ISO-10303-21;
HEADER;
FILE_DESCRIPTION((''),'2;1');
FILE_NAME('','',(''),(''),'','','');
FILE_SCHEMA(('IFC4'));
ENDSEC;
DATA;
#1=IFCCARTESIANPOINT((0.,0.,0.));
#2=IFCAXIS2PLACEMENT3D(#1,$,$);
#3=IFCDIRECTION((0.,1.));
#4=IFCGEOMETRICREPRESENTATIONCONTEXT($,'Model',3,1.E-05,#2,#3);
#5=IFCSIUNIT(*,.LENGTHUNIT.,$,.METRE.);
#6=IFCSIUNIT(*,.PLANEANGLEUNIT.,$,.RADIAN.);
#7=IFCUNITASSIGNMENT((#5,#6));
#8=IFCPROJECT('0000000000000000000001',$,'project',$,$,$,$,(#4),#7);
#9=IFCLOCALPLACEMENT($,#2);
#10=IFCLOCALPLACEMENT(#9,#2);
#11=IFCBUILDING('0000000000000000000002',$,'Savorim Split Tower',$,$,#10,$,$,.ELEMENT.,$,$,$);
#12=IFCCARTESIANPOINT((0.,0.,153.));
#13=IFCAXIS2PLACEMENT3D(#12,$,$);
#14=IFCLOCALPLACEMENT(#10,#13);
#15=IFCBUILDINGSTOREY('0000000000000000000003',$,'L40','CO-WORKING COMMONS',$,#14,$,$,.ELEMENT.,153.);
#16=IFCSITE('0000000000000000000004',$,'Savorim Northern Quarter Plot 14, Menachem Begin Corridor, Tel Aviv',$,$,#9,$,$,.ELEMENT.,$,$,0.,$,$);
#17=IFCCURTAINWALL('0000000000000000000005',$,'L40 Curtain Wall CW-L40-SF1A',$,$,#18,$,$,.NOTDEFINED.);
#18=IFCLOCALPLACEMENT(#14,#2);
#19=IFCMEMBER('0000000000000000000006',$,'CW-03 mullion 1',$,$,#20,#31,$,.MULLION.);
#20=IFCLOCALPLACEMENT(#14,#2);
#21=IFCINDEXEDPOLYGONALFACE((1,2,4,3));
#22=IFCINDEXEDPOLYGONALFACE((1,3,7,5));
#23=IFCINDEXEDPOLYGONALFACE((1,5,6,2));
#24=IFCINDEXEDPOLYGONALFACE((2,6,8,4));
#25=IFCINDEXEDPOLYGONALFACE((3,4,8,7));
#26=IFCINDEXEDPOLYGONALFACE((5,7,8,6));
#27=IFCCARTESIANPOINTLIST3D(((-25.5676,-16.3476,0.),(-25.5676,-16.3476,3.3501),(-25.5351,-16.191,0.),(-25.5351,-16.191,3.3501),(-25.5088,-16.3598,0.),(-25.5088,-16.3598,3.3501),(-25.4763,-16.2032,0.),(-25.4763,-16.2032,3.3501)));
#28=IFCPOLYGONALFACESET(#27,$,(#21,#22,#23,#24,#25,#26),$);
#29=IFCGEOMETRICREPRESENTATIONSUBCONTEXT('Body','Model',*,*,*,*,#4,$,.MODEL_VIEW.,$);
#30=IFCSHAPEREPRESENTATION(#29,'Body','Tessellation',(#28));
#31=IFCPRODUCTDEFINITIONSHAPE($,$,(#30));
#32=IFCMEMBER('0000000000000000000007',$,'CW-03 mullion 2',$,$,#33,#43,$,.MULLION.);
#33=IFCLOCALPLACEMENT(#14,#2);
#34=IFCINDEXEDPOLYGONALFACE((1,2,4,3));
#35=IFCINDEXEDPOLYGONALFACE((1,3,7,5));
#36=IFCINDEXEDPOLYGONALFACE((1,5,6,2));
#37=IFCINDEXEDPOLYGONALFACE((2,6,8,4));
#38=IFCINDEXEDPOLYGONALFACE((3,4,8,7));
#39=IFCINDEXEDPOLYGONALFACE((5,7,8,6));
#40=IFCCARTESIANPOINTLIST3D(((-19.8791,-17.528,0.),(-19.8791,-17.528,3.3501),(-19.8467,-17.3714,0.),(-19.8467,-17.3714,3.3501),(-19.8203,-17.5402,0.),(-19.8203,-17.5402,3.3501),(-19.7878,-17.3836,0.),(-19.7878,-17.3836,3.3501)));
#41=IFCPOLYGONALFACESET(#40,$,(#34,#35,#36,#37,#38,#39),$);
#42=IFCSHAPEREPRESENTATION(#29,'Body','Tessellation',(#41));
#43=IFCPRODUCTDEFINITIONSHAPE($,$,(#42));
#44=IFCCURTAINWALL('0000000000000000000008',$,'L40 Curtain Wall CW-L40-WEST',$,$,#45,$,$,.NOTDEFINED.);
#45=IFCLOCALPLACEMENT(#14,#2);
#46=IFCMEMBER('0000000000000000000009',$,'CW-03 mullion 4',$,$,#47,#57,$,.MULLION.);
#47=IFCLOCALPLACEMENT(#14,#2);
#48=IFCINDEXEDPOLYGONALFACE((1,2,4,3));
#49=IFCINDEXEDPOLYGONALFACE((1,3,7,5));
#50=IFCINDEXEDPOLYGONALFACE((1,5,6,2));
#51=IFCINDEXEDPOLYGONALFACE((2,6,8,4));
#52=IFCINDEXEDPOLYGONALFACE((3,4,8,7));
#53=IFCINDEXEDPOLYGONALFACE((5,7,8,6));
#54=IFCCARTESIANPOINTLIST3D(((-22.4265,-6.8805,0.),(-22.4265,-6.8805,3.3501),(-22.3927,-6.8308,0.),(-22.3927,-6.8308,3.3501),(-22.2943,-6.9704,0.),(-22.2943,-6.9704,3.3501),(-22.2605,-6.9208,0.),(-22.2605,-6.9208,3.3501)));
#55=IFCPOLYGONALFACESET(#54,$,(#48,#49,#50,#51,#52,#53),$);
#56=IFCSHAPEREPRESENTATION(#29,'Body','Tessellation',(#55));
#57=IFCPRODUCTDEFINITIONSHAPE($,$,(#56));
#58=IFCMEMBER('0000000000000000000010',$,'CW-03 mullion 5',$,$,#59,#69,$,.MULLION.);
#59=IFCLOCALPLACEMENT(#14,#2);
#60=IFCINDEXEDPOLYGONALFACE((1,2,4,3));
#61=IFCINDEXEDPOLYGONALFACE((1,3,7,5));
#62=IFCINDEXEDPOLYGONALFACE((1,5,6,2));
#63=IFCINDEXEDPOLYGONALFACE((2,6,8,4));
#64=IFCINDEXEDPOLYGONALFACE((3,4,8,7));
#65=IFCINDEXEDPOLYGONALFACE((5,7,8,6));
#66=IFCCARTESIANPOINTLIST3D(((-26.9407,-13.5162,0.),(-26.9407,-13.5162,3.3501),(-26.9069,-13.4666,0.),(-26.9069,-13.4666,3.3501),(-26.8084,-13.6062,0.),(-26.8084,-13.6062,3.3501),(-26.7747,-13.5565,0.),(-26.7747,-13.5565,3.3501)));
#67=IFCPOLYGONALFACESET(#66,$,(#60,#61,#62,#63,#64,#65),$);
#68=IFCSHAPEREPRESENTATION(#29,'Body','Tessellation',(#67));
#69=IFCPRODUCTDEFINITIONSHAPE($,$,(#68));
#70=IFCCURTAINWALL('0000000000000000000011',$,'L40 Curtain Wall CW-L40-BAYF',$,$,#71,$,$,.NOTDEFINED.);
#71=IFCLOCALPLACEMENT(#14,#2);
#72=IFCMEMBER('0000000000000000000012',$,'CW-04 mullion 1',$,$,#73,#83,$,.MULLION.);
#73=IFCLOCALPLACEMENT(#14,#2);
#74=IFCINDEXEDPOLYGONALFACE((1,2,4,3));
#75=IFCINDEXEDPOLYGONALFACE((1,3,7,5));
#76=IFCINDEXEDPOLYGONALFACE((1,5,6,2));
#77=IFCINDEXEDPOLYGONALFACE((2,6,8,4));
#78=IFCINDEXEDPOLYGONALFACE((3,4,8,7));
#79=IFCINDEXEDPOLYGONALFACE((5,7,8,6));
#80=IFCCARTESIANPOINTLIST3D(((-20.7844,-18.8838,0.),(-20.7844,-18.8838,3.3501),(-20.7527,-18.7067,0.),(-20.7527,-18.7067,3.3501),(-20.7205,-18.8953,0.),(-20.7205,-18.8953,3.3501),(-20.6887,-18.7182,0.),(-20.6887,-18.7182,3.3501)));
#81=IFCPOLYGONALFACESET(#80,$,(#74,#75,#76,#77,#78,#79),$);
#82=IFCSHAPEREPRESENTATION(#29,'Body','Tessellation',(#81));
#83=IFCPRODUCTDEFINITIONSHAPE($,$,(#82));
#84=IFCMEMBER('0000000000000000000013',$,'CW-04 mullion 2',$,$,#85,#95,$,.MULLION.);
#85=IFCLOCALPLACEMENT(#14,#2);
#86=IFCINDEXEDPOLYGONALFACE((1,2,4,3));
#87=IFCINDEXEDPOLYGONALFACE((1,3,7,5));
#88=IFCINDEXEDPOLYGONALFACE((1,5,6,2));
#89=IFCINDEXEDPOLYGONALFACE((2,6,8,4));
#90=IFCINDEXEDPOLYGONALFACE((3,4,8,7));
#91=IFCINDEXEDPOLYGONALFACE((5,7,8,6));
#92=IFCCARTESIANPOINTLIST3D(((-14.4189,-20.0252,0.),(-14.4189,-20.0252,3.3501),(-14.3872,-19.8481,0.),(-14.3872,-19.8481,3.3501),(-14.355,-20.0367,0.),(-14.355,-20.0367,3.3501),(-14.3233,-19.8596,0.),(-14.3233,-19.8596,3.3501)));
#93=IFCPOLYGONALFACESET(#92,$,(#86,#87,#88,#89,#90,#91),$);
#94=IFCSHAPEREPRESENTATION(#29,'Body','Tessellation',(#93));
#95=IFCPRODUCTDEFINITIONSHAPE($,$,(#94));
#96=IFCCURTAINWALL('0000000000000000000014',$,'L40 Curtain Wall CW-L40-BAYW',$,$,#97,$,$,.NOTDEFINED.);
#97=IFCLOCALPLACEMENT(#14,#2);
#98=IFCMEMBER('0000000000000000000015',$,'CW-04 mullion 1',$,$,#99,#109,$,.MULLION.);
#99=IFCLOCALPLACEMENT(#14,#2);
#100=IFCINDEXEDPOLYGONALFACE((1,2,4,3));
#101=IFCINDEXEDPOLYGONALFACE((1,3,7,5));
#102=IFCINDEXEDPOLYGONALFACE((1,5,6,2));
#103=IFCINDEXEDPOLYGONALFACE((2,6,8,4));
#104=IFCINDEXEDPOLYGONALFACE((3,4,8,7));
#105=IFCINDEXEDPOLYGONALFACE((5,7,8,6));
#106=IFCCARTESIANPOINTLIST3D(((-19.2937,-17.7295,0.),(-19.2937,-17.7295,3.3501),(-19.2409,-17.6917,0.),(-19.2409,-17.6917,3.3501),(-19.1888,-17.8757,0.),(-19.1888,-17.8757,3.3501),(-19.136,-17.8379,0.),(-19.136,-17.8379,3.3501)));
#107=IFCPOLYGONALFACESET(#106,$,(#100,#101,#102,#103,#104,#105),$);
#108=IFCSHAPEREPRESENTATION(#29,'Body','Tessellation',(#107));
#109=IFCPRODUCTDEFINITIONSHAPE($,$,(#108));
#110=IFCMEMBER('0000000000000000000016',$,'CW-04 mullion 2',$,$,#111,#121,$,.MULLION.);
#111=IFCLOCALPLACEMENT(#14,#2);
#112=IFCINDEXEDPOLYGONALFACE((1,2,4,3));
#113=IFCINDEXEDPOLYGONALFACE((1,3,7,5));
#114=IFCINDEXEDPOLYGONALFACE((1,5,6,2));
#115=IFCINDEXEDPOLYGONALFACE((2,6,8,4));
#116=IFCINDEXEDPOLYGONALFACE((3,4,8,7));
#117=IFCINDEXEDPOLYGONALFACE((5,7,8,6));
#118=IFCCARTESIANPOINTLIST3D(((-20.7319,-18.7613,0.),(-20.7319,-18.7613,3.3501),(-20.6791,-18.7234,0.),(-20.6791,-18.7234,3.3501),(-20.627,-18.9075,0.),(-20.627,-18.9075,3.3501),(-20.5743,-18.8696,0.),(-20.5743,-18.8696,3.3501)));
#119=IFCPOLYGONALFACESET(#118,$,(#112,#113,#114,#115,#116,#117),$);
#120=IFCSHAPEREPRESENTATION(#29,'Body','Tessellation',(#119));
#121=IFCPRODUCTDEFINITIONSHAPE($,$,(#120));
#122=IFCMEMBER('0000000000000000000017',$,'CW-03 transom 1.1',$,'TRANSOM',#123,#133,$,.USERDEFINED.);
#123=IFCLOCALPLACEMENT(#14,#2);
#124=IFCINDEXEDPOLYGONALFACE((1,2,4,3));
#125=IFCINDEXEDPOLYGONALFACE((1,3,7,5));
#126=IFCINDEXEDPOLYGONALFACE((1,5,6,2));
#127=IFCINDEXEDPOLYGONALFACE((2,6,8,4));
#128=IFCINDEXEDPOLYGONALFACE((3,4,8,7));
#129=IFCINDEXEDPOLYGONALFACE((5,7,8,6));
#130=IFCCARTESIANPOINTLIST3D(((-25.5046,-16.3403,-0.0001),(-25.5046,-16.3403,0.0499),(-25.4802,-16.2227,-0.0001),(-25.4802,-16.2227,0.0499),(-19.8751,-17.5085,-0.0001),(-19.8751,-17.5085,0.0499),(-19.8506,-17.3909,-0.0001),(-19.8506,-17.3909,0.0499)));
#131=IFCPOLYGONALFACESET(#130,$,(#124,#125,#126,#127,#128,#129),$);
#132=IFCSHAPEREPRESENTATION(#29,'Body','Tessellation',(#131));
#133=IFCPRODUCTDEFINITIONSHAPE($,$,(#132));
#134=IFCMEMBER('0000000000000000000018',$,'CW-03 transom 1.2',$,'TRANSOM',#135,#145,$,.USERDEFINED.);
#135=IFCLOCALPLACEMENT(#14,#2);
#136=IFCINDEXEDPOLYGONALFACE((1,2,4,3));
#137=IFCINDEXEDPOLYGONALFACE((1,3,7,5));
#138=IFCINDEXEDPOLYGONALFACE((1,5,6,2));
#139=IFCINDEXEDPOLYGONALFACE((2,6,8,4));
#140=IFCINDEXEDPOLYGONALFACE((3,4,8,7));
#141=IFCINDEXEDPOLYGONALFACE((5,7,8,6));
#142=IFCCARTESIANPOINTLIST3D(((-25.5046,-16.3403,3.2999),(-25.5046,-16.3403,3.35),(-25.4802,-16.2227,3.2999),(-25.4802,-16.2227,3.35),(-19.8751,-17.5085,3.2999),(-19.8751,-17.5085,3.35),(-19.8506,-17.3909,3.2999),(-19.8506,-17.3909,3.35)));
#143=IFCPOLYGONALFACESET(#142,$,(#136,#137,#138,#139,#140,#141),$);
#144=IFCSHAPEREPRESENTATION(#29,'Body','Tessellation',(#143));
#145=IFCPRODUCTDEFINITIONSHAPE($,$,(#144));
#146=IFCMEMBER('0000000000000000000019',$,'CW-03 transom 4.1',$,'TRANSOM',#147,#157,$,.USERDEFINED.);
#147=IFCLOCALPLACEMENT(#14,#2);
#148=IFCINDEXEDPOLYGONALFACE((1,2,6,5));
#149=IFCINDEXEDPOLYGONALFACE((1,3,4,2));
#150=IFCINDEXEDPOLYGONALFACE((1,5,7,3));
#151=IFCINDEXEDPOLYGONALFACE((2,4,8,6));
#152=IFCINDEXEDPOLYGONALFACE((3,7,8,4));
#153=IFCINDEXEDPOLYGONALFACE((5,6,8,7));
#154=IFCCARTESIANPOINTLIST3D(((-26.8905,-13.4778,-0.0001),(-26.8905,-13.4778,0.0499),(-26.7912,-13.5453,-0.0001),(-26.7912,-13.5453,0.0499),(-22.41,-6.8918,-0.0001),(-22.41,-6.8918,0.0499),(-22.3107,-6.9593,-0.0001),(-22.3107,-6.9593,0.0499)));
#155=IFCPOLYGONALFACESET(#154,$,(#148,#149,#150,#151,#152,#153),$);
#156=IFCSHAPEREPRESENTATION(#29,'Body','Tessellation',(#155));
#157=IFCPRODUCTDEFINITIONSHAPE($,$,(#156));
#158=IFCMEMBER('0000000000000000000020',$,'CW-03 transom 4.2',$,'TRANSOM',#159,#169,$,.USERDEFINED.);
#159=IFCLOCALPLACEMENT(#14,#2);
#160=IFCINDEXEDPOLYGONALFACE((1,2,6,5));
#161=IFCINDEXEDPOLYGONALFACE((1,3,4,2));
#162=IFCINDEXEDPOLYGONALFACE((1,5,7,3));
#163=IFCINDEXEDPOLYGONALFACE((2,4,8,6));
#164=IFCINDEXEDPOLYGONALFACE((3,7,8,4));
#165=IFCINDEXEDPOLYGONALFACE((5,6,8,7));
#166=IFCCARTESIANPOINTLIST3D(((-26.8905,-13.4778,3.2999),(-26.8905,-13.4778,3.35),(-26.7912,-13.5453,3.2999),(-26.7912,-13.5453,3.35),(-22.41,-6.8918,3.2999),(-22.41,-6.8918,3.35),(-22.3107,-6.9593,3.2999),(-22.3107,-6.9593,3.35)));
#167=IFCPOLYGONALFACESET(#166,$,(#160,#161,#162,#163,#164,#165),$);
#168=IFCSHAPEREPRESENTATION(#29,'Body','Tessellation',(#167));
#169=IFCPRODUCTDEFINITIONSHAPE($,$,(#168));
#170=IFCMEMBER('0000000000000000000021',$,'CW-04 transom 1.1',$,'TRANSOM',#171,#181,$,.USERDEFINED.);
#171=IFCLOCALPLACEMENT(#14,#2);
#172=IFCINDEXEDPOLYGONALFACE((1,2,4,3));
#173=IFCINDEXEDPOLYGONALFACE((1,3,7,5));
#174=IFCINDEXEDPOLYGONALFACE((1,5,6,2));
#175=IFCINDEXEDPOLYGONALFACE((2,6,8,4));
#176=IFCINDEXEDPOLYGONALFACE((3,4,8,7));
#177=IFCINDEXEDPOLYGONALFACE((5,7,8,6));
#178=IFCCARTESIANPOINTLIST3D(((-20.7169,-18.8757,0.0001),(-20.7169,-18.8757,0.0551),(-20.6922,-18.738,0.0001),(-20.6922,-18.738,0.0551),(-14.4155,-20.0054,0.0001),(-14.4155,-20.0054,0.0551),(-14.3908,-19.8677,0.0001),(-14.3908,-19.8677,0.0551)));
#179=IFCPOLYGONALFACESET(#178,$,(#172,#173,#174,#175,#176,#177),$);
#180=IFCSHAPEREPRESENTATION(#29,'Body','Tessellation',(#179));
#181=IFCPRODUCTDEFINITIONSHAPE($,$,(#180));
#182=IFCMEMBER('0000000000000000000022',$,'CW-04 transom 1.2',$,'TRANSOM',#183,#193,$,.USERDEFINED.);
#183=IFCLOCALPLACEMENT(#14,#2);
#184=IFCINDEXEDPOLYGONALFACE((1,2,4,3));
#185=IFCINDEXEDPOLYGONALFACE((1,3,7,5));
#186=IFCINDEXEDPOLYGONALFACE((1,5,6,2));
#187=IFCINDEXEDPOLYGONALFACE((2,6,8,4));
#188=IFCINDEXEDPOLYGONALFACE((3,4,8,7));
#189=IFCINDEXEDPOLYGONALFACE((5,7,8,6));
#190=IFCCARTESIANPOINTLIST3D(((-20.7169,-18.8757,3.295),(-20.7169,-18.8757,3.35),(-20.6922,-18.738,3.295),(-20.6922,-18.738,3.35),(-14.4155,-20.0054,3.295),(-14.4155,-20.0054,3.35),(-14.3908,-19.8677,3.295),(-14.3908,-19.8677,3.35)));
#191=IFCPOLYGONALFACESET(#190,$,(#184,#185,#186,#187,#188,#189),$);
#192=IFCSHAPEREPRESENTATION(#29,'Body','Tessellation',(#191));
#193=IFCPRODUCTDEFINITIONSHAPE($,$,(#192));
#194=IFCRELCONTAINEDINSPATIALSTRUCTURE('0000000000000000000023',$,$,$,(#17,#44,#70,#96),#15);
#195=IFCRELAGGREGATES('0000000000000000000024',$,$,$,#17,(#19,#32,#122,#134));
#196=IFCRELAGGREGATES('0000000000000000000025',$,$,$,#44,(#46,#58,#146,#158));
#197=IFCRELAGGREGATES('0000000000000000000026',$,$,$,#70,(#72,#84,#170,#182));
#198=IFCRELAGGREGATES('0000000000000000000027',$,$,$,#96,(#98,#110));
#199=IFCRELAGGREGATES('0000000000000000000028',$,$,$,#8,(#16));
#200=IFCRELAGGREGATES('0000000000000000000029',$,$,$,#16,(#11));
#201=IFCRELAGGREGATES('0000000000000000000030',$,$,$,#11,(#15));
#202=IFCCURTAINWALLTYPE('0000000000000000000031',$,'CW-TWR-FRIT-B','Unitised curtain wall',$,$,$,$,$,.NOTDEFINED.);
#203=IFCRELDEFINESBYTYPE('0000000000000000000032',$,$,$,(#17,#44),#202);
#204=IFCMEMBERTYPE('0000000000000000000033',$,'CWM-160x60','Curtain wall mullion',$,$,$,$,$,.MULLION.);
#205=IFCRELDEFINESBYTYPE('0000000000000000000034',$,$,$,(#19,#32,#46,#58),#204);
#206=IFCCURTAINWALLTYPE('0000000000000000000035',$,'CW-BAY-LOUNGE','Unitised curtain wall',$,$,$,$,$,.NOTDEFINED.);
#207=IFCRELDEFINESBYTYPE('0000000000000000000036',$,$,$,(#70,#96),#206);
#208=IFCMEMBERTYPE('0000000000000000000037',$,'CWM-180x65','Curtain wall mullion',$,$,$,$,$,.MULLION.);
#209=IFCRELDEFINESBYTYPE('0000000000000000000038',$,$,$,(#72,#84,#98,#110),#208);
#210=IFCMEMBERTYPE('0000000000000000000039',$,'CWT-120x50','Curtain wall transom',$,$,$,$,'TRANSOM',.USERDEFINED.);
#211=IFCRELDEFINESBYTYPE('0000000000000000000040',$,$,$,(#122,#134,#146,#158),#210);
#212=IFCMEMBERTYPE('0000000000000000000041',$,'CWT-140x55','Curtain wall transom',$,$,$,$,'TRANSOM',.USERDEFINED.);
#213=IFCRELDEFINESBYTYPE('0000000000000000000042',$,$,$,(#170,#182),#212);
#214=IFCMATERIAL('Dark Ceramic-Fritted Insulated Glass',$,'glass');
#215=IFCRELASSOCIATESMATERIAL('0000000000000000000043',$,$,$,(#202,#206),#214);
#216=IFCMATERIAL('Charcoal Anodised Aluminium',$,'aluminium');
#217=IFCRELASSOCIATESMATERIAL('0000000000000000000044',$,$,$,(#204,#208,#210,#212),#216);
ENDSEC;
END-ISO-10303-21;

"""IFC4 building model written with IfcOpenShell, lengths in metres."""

from ifc_helpers import new_model, si_unit, direction, frame, origin, origin_2d, place, context, subcontext, project, spatial, rectangle, extrude, material, material_profile, profile_set, type_object, element, aggregate, save


model = new_model("IFC4")

# Units and contexts
model_context = context("Model", 3, precision=1e-05, world=origin(), true_north=direction((0.0, 1.0)))
body_context = subcontext(model_context, "Body", "Model", "MODEL_VIEW")
ifc_project = project(units=[si_unit("LENGTHUNIT", "METRE"), si_unit("PLANEANGLEUNIT", "RADIAN")], contexts=[model_context])

# Site, building, storey
site_placement = place(None, origin())
site = spatial("IfcSite", under=ifc_project, at=site_placement, Name="Savorim Northern Quarter Plot 14, Menachem Begin Corridor, Tel Aviv", CompositionType="ELEMENT", RefElevation=0.0)
building_placement = place(site_placement, origin())
building = spatial("IfcBuilding", under=site, at=building_placement, Name="Savorim Split Tower", CompositionType="ELEMENT")
storey_placement = place(building_placement, frame((0.0, 0.0, 153.0)))
storey = spatial("IfcBuildingStorey", under=building, at=storey_placement, Name="L40", Description="CO-WORKING COMMONS", CompositionType="ELEMENT", Elevation=153.0)

# Curtain walls, members
ifc_material_1 = material(Name="Dark Ceramic-Fritted Insulated Glass", Category="glass")
curtain_wall_type_1 = type_object("IfcCurtainWallType", Name="CW-TWR-FRIT-B", Description="Unitised curtain wall", PredefinedType="NOTDEFINED", material=ifc_material_1)
curtain_wall_1_placement = place(storey_placement, origin())
curtain_wall_1 = element("IfcCurtainWall", 1, at=curtain_wall_1_placement, inside=storey, type_object=curtain_wall_type_1, Name="L40 Curtain Wall CW-L40-SF1A", PredefinedType="NOTDEFINED")
ifc_material_2 = material(Name="Charcoal Anodised Aluminium", Category="aluminium")
ifc_material_profile_1 = material_profile(ifc_material_2, rectangle(XDim=0.1599, YDim=0.0601, at=origin_2d()), Name="ALU-M 160x60")
ifc_profile_set_1 = profile_set([ifc_material_profile_1], Name="Charcoal Anodised Aluminium")
member_type_1 = type_object("IfcMemberType", Name="CWM-160x60", Description="Curtain wall mullion", PredefinedType="MULLION", material=ifc_profile_set_1)
member_1_placement = place(storey_placement, frame((-25.522, -16.2754, 0.0), z_axis=(0.0, 0.0, 1.0), x_axis=(0.203214, 0.979134, 0.0)))
member_1 = element("IfcMember", 2, at=member_1_placement, type_object=member_type_1, Name="CW-03 mullion 1", PredefinedType="MULLION", context=body_context, shape_type="SweptSolid", body=[
    extrude(rectangle(XDim=0.1599, YDim=0.0601, at=origin_2d()), origin(), (0.0, 0.0, 1.0), 3.3501),
])
member_2_placement = place(storey_placement, frame((-19.8335, -17.4558, 0.0), z_axis=(0.0, 0.0, 1.0), x_axis=(0.203214, 0.979134, 0.0)))
member_2 = element("IfcMember", 3, at=member_2_placement, type_object=member_type_1, Name="CW-03 mullion 2", PredefinedType="MULLION", context=body_context, shape_type="SweptSolid", body=[
    extrude(rectangle(XDim=0.1599, YDim=0.0601, at=origin_2d()), origin(), (0.0, 0.0, 1.0), 3.3501),
])
curtain_wall_2_placement = place(storey_placement, origin())
curtain_wall_2 = element("IfcCurtainWall", 4, at=curtain_wall_2_placement, inside=storey, type_object=curtain_wall_type_1, Name="L40 Curtain Wall CW-L40-WEST", PredefinedType="NOTDEFINED")
member_3_placement = place(storey_placement, frame((-22.3435, -6.9006, 0.0), z_axis=(0.0, 0.0, 1.0), x_axis=(0.82682, -0.562466, 0.0)))
member_3 = element("IfcMember", 5, at=member_3_placement, type_object=member_type_1, Name="CW-03 mullion 4", PredefinedType="MULLION", context=body_context, shape_type="SweptSolid", body=[
    extrude(rectangle(XDim=0.1599, YDim=0.0601, at=origin_2d()), origin(), (0.0, 0.0, 1.0), 3.3501),
])
member_4_placement = place(storey_placement, frame((-26.8577, -13.5364, 0.0), z_axis=(0.0, 0.0, 1.0), x_axis=(0.82682, -0.562466, 0.0)))
member_4 = element("IfcMember", 6, at=member_4_placement, type_object=member_type_1, Name="CW-03 mullion 5", PredefinedType="MULLION", context=body_context, shape_type="SweptSolid", body=[
    extrude(rectangle(XDim=0.1599, YDim=0.0601, at=origin_2d()), origin(), (0.0, 0.0, 1.0), 3.3501),
])
curtain_wall_type_2 = type_object("IfcCurtainWallType", Name="CW-BAY-LOUNGE", Description="Unitised curtain wall", PredefinedType="NOTDEFINED", material=ifc_material_1)
curtain_wall_3_placement = place(storey_placement, origin())
curtain_wall_3 = element("IfcCurtainWall", 7, at=curtain_wall_3_placement, inside=storey, type_object=curtain_wall_type_2, Name="L40 Curtain Wall CW-L40-BAYF", PredefinedType="NOTDEFINED")
ifc_material_profile_2 = material_profile(ifc_material_2, rectangle(XDim=0.1799, YDim=0.0649, at=origin_2d()), Name="ALU-M 180x65")
ifc_profile_set_2 = profile_set([ifc_material_profile_2], Name="Charcoal Anodised Aluminium")
member_type_2 = type_object("IfcMemberType", Name="CWM-180x65", Description="Curtain wall mullion", PredefinedType="MULLION", material=ifc_profile_set_2)
member_5_placement = place(storey_placement, frame((-20.7366, -18.801, 0.0), z_axis=(0.0, 0.0, 1.0), x_axis=(0.176476, 0.984305, 0.0)))
member_5 = element("IfcMember", 8, at=member_5_placement, type_object=member_type_2, Name="CW-04 mullion 1", PredefinedType="MULLION", context=body_context, shape_type="SweptSolid", body=[
    extrude(rectangle(XDim=0.1799, YDim=0.0649, at=origin_2d()), origin(), (0.0, 0.0, 1.0), 3.3501),
])
member_6_placement = place(storey_placement, frame((-14.3711, -19.9424, 0.0), z_axis=(0.0, 0.0, 1.0), x_axis=(0.176476, 0.984305, 0.0)))
member_6 = element("IfcMember", 9, at=member_6_placement, type_object=member_type_2, Name="CW-04 mullion 2", PredefinedType="MULLION", context=body_context, shape_type="SweptSolid", body=[
    extrude(rectangle(XDim=0.1799, YDim=0.0649, at=origin_2d()), origin(), (0.0, 0.0, 1.0), 3.3501),
])
curtain_wall_4_placement = place(storey_placement, origin())
curtain_wall_4 = element("IfcCurtainWall", 10, at=curtain_wall_4_placement, inside=storey, type_object=curtain_wall_type_2, Name="L40 Curtain Wall CW-L40-BAYW", PredefinedType="NOTDEFINED")
member_7_placement = place(storey_placement, frame((-19.2148, -17.7837, 0.0), z_axis=(0.0, 0.0, 1.0), x_axis=(0.582871, -0.812565, 0.0)))
member_7 = element("IfcMember", 11, at=member_7_placement, type_object=member_type_2, Name="CW-04 mullion 1", PredefinedType="MULLION", context=body_context, shape_type="SweptSolid", body=[
    extrude(rectangle(XDim=0.1799, YDim=0.0649, at=origin_2d()), origin(), (0.0, 0.0, 1.0), 3.3501),
])
member_8_placement = place(storey_placement, frame((-20.6531, -18.8154, 0.0), z_axis=(0.0, 0.0, 1.0), x_axis=(0.582871, -0.812565, 0.0)))
member_8 = element("IfcMember", 12, at=member_8_placement, type_object=member_type_2, Name="CW-04 mullion 2", PredefinedType="MULLION", context=body_context, shape_type="SweptSolid", body=[
    extrude(rectangle(XDim=0.1799, YDim=0.0649, at=origin_2d()), origin(), (0.0, 0.0, 1.0), 3.3501),
])

# Members
ifc_material_profile_3 = material_profile(ifc_material_2, rectangle(XDim=0.1201, YDim=0.05, at=origin_2d()), Name="ALU-T 120x50")
ifc_profile_set_3 = profile_set([ifc_material_profile_3], Name="Charcoal Anodised Aluminium")
member_type_3 = type_object("IfcMemberType", Name="CWT-120x50", Description="Curtain wall transom", ElementType="TRANSOM", PredefinedType="USERDEFINED", material=ifc_profile_set_3)
member_9_placement = place(storey_placement, frame((-25.4924, -16.2815, 0.0249), z_axis=(0.979141, -0.203183, 0.0), x_axis=(0.203183, 0.979141, 0.0)))
member_9 = element("IfcMember", 13, at=member_9_placement, type_object=member_type_3, Name="CW-03 transom 1.1", ObjectType="TRANSOM", PredefinedType="USERDEFINED", context=body_context, shape_type="SweptSolid", body=[
    extrude(rectangle(XDim=0.1201, YDim=0.05, at=origin_2d()), origin(), (0.0, 0.0, 1.0), 5.7495),
])
member_10_placement = place(storey_placement, frame((-25.4924, -16.2815, 3.325), z_axis=(0.979141, -0.203183, 0.0), x_axis=(0.203183, 0.979141, 0.0)))
member_10 = element("IfcMember", 14, at=member_10_placement, type_object=member_type_3, Name="CW-03 transom 1.2", ObjectType="TRANSOM", PredefinedType="USERDEFINED", context=body_context, shape_type="SweptSolid", body=[
    extrude(rectangle(XDim=0.1201, YDim=0.05, at=origin_2d()), origin(), (0.0, 0.0, 1.0), 5.7495),
])
member_11_placement = place(storey_placement, frame((-22.3604, -6.9255, 0.0249), z_axis=(-0.562484, -0.826808, 0.0), x_axis=(0.826808, -0.562484, 0.0)))
member_11 = element("IfcMember", 15, at=member_11_placement, type_object=member_type_3, Name="CW-03 transom 4.1", ObjectType="TRANSOM", PredefinedType="USERDEFINED", context=body_context, shape_type="SweptSolid", body=[
    extrude(rectangle(XDim=0.1201, YDim=0.05, at=origin_2d()), origin(), (0.0, 0.0, 1.0), 7.9656),
])
member_12_placement = place(storey_placement, frame((-22.3604, -6.9255, 3.325), z_axis=(-0.562484, -0.826808, 0.0), x_axis=(0.826808, -0.562484, 0.0)))
member_12 = element("IfcMember", 16, at=member_12_placement, type_object=member_type_3, Name="CW-03 transom 4.2", ObjectType="TRANSOM", PredefinedType="USERDEFINED", context=body_context, shape_type="SweptSolid", body=[
    extrude(rectangle(XDim=0.1201, YDim=0.05, at=origin_2d()), origin(), (0.0, 0.0, 1.0), 7.9656),
])
ifc_material_profile_4 = material_profile(ifc_material_2, rectangle(XDim=0.1399, YDim=0.0549, at=origin_2d()), Name="ALU-T 140x55")
ifc_profile_set_4 = profile_set([ifc_material_profile_4], Name="Charcoal Anodised Aluminium")
member_type_4 = type_object("IfcMemberType", Name="CWT-140x55", Description="Curtain wall transom", ElementType="TRANSOM", PredefinedType="USERDEFINED", material=ifc_profile_set_4)
member_13_placement = place(storey_placement, frame((-20.7046, -18.8069, 0.0276), z_axis=(0.984309, -0.176452, 0.0), x_axis=(0.176452, 0.984309, 0.0)))
member_13 = element("IfcMember", 17, at=member_13_placement, type_object=member_type_4, Name="CW-04 transom 1.1", ObjectType="TRANSOM", PredefinedType="USERDEFINED", context=body_context, shape_type="SweptSolid", body=[
    extrude(rectangle(XDim=0.1399, YDim=0.0549, at=origin_2d()), origin(), (0.0, 0.0, 1.0), 6.4019),
])
member_14_placement = place(storey_placement, frame((-20.7046, -18.8069, 3.3225), z_axis=(0.984309, -0.176452, 0.0), x_axis=(0.176452, 0.984309, 0.0)))
member_14 = element("IfcMember", 18, at=member_14_placement, type_object=member_type_4, Name="CW-04 transom 1.2", ObjectType="TRANSOM", PredefinedType="USERDEFINED", context=body_context, shape_type="SweptSolid", body=[
    extrude(rectangle(XDim=0.1399, YDim=0.0549, at=origin_2d()), origin(), (0.0, 0.0, 1.0), 6.4019),
])

aggregate(curtain_wall_1, [member_1, member_2, member_9, member_10])
aggregate(curtain_wall_2, [member_3, member_4, member_11, member_12])
aggregate(curtain_wall_3, [member_5, member_6, member_13, member_14])
aggregate(curtain_wall_4, [member_7, member_8])

save(model, "model.ifc")
